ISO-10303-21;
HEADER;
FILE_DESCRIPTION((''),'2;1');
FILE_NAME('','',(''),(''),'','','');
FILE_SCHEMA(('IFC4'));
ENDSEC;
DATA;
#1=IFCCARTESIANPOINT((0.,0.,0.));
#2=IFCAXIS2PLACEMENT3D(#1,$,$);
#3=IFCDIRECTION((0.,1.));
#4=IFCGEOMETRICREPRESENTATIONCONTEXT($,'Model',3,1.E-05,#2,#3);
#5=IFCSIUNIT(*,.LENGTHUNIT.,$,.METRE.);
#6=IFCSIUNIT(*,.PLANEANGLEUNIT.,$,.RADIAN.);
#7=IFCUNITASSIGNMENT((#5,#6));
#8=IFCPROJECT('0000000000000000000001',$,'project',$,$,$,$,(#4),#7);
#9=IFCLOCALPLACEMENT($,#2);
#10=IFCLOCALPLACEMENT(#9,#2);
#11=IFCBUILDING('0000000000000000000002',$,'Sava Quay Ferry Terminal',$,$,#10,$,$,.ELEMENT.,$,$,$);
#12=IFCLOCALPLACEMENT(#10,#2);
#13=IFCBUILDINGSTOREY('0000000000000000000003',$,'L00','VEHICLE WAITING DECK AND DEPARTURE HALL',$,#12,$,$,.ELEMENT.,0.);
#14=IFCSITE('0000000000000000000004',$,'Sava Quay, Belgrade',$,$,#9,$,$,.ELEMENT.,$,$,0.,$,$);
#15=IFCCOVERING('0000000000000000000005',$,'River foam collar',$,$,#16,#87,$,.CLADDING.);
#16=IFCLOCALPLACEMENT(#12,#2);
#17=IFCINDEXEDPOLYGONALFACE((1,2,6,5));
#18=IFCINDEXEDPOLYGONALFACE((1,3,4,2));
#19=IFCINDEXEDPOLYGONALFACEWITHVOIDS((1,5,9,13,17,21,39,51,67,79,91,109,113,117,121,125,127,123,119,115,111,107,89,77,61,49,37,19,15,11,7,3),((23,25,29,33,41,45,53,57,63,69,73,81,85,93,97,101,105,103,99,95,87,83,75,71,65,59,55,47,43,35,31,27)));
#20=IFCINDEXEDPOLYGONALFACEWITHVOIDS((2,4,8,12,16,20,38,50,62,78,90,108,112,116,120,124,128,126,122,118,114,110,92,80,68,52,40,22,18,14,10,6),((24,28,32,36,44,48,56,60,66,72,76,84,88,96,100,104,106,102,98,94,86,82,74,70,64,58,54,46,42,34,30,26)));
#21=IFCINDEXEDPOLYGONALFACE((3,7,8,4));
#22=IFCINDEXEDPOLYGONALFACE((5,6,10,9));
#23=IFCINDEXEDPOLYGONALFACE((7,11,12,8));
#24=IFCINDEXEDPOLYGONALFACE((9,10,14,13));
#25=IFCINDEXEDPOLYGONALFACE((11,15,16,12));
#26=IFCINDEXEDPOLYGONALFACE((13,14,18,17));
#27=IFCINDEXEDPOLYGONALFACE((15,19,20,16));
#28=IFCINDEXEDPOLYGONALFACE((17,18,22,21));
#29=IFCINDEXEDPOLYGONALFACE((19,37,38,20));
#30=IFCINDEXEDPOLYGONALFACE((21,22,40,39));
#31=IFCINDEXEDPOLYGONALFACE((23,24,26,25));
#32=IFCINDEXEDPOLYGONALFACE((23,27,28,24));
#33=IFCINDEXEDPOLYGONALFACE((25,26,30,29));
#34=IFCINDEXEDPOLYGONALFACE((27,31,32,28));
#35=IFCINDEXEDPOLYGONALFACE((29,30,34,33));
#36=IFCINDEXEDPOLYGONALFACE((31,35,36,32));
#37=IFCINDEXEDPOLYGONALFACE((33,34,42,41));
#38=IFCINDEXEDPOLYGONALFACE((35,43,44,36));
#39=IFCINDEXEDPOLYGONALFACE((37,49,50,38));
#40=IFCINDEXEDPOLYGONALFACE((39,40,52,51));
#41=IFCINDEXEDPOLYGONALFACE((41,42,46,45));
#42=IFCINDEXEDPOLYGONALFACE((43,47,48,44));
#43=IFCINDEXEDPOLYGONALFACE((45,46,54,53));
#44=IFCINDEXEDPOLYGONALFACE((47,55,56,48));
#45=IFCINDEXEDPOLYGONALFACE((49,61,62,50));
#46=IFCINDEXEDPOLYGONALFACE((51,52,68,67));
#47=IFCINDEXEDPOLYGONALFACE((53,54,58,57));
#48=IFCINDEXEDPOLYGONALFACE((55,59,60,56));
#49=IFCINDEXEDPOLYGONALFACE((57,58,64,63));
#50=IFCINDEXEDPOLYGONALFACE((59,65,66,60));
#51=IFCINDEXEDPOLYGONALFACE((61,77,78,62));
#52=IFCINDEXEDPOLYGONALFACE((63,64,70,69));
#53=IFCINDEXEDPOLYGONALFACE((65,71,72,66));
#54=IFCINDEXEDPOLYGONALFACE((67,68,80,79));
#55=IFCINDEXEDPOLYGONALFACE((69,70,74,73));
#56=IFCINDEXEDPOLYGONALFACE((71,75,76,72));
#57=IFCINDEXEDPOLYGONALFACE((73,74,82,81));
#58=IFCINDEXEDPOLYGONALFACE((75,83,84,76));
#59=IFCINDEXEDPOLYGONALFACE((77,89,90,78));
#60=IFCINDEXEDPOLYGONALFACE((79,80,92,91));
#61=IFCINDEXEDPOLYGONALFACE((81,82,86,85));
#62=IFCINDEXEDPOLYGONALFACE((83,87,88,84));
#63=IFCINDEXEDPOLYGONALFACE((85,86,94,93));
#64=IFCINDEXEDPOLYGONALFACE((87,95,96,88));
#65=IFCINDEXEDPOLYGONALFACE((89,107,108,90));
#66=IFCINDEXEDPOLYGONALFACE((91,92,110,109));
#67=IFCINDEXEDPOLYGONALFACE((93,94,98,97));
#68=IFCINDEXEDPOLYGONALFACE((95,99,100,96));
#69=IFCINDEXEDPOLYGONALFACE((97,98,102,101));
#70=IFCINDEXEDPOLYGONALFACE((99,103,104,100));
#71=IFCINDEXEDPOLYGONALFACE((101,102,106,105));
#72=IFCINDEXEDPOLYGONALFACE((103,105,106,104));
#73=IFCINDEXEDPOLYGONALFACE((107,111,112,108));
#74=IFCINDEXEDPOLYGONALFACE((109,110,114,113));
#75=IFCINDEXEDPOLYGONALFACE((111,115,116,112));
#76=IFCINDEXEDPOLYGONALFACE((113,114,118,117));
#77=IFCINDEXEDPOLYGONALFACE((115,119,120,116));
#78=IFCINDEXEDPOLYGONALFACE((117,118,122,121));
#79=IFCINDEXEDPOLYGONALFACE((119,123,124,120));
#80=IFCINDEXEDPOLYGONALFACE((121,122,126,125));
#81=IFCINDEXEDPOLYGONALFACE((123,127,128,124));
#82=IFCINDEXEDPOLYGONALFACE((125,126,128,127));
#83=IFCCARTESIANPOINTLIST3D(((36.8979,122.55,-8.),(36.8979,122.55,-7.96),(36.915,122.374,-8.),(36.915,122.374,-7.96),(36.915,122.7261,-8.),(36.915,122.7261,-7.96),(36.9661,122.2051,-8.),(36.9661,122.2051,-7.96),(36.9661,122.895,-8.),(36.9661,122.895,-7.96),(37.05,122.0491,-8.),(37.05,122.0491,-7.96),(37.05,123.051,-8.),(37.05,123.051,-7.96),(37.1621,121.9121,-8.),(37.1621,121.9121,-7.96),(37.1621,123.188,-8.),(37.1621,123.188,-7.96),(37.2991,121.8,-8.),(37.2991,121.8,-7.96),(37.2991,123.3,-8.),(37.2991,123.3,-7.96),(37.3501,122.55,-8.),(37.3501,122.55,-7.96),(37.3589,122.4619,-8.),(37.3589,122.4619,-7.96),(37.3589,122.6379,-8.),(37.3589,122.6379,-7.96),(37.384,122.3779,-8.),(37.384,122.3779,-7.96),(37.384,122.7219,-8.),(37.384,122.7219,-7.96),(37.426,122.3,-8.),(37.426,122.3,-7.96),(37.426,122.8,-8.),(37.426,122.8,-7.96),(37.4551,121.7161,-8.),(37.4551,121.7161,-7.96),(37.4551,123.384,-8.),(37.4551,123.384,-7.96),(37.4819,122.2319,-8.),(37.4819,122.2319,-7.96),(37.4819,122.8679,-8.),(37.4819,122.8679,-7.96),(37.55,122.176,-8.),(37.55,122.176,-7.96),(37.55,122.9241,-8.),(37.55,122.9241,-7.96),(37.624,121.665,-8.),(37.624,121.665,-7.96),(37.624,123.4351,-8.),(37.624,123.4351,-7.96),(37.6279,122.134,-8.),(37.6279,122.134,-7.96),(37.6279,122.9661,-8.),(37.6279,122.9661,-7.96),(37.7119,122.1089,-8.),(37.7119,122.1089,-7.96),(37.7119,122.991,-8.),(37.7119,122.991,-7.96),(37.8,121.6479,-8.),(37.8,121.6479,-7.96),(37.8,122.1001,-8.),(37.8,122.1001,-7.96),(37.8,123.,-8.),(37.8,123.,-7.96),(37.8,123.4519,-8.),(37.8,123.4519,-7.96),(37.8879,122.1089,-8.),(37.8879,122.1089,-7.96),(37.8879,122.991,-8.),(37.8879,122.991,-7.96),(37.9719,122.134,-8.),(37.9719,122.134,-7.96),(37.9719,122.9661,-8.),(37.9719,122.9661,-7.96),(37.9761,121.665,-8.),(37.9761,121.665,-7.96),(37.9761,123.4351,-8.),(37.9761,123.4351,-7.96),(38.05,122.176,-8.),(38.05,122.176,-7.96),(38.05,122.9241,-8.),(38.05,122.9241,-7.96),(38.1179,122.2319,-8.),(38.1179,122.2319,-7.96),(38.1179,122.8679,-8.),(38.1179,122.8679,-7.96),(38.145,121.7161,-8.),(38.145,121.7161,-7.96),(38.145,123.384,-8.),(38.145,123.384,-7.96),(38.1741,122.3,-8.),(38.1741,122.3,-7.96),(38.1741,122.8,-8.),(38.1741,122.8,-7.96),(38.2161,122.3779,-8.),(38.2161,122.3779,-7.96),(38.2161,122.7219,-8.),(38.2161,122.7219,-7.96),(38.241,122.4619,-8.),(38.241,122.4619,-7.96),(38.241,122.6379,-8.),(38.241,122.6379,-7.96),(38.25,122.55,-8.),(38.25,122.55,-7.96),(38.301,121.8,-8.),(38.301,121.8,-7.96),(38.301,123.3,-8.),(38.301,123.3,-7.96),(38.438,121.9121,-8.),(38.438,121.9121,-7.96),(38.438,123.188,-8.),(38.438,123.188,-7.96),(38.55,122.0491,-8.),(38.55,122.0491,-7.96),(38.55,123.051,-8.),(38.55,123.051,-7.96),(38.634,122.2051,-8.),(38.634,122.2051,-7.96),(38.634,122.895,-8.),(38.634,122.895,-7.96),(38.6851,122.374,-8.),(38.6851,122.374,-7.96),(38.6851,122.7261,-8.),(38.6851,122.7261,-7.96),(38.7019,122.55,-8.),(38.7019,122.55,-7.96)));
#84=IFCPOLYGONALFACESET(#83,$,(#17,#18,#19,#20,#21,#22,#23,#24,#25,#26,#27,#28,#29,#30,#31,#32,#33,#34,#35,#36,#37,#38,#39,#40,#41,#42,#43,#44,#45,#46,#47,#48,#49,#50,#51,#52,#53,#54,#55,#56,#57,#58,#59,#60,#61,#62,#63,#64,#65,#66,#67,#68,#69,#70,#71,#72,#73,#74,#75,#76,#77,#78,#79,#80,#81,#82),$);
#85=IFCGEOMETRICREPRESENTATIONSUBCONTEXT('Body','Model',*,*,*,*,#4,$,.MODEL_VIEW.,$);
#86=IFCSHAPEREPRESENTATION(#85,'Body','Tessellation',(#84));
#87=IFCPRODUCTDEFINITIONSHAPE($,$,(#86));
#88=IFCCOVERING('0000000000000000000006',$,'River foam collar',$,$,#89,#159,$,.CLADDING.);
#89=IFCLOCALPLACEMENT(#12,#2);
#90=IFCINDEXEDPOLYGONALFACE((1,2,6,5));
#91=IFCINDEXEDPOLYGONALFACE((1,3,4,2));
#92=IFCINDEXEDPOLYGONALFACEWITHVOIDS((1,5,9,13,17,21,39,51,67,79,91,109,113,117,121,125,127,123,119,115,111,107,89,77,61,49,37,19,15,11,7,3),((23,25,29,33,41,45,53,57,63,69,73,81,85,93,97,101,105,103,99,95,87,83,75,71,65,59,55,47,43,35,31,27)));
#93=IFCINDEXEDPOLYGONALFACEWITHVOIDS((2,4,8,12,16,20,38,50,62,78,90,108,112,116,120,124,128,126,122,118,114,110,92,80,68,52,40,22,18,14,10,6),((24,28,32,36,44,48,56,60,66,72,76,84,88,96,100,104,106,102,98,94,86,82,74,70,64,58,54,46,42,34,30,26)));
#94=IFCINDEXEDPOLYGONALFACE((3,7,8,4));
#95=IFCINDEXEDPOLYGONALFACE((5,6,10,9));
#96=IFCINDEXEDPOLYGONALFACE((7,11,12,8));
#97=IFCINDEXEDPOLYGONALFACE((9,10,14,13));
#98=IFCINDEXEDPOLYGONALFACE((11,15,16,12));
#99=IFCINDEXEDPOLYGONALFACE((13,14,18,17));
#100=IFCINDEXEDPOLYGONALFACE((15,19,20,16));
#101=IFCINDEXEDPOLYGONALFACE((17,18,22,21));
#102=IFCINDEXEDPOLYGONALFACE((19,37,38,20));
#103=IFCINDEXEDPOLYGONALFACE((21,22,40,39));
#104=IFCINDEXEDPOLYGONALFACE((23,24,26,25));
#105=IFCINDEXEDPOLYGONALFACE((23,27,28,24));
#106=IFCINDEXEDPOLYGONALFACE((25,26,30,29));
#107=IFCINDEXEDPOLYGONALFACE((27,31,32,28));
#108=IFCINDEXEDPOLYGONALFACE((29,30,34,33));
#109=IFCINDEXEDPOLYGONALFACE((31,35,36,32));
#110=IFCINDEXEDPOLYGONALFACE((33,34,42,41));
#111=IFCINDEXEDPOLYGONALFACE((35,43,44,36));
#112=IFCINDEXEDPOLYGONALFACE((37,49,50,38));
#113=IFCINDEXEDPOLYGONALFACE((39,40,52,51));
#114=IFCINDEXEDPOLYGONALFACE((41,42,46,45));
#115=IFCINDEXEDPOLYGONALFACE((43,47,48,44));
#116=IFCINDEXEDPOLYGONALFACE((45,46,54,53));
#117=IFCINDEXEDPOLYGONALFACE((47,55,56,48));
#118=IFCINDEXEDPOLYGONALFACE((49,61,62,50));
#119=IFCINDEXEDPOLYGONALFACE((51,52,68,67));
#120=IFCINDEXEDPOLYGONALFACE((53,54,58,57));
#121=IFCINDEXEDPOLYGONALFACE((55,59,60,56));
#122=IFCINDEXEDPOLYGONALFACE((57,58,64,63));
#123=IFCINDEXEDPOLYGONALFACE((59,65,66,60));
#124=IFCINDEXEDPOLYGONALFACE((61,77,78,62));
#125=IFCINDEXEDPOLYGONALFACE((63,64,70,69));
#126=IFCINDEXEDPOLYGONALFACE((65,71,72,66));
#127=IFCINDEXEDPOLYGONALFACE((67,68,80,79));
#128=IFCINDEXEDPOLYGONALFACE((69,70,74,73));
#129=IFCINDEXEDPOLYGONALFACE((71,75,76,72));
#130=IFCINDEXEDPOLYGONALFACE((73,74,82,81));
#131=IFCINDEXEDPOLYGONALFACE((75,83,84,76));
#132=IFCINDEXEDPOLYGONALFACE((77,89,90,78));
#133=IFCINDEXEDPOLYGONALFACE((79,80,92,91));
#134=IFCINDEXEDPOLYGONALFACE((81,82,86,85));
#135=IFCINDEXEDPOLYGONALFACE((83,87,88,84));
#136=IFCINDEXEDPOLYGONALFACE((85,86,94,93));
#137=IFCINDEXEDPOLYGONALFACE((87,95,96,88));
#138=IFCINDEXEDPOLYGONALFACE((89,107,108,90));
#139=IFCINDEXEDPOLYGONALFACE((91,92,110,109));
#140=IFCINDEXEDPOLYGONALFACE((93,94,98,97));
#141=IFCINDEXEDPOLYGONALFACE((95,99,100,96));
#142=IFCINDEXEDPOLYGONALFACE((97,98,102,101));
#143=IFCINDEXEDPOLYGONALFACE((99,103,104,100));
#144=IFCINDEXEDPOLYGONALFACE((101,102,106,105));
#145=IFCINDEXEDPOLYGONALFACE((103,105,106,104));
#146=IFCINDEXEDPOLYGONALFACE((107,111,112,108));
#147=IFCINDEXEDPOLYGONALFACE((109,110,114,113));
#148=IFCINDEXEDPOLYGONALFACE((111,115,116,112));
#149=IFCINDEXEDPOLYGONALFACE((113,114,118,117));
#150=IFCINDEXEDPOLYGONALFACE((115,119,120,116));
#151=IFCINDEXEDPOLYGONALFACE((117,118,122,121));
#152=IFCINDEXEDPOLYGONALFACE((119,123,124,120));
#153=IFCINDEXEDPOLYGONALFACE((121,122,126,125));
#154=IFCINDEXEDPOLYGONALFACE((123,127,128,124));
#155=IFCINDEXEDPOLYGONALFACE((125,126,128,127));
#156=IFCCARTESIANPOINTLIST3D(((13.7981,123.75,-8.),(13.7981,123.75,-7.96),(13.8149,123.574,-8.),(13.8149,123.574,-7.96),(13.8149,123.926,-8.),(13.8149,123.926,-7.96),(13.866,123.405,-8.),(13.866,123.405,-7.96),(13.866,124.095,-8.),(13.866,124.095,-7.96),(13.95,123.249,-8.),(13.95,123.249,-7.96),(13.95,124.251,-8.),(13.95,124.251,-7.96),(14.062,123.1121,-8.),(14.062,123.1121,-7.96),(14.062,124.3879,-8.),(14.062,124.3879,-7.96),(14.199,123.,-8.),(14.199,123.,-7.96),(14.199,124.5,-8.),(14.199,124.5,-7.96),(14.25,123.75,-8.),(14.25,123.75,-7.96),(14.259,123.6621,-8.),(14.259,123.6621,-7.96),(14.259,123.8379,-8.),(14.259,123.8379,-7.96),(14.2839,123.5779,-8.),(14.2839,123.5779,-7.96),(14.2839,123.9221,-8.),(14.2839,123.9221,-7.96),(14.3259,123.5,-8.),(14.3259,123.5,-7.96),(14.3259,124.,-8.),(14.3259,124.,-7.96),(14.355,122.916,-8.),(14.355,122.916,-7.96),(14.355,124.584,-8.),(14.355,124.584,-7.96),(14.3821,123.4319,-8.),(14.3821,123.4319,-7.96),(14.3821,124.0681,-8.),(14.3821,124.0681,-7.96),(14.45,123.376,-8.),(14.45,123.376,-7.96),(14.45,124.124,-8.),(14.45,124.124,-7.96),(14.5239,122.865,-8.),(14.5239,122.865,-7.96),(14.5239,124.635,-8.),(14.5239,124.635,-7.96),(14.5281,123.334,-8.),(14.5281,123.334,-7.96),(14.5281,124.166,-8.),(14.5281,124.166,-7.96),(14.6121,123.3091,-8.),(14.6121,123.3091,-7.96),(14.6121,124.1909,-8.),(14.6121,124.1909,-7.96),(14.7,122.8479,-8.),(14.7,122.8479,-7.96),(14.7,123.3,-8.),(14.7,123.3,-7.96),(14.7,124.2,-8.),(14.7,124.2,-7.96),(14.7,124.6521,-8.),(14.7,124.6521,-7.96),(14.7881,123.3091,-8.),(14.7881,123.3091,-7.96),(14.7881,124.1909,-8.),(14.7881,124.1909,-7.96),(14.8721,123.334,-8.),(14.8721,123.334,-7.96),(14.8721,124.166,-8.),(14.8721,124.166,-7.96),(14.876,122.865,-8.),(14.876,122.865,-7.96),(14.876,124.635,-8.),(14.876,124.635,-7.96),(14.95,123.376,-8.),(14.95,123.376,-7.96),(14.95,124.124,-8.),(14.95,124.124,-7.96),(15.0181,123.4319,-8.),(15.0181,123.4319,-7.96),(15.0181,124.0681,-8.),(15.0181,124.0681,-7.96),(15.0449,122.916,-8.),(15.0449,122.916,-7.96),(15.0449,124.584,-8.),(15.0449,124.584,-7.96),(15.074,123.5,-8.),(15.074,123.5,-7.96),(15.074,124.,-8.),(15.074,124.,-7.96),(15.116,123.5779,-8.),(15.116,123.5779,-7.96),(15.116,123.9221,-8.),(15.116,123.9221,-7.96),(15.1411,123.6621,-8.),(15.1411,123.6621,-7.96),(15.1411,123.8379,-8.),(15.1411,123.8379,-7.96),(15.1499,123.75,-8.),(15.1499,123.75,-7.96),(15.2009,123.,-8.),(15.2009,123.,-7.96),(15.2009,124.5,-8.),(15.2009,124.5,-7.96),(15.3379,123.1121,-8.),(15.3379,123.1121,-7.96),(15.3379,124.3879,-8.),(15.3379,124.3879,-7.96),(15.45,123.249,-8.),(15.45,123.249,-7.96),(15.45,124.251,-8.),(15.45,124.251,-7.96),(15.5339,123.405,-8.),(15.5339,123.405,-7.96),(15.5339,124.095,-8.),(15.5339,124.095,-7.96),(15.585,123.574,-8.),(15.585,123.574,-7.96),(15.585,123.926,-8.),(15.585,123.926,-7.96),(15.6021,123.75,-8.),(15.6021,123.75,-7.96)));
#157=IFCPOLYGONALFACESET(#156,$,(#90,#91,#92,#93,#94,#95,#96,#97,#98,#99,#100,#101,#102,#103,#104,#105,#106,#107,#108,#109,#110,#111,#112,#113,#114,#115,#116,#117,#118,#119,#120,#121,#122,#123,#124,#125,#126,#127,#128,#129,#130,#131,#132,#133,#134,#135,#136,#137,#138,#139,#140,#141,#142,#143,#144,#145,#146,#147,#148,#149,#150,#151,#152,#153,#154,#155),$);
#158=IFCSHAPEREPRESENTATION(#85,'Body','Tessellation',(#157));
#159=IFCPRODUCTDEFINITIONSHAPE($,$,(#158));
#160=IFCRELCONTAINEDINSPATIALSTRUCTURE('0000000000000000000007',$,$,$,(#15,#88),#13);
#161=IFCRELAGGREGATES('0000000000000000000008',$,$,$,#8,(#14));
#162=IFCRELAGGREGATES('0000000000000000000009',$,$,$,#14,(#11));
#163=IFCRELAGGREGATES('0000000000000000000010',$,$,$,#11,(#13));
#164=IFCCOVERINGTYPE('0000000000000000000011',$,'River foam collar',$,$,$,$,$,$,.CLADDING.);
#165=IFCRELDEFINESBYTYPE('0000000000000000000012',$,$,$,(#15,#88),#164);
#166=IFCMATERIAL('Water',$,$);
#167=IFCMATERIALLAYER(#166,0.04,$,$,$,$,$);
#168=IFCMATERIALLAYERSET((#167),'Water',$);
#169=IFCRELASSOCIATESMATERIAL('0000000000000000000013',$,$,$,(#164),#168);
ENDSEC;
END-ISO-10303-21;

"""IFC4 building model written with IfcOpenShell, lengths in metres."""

from ifc_helpers import new_model, si_unit, direction, frame, origin, place, context, subcontext, project, spatial, polyline, outline, extrude, material, layer, layer_set, type_object, element, save


model = new_model("IFC4")

# Units and contexts
model_context = context("Model", 3, precision=1e-05, world=origin(), true_north=direction((0.0, 1.0)))
body_context = subcontext(model_context, "Body", "Model", "MODEL_VIEW")
ifc_project = project(units=[si_unit("LENGTHUNIT", "METRE"), si_unit("PLANEANGLEUNIT", "RADIAN")], contexts=[model_context])

# Site, building, storey
site_placement = place(None, origin())
site = spatial("IfcSite", under=ifc_project, at=site_placement, Name="Sava Quay, Belgrade", CompositionType="ELEMENT", RefElevation=0.0)
building_placement = place(site_placement, origin())
building = spatial("IfcBuilding", under=site, at=building_placement, Name="Sava Quay Ferry Terminal", CompositionType="ELEMENT")
storey_placement = place(building_placement, origin())
storey = spatial("IfcBuildingStorey", under=building, at=storey_placement, Name="L00", Description="VEHICLE WAITING DECK AND DEPARTURE HALL", CompositionType="ELEMENT", Elevation=0.0)

# Coverings
ifc_material = material(Name="Water")
ifc_layer = layer(ifc_material, 0.04)
ifc_layer_set = layer_set([ifc_layer], Name="Water")
covering_type = type_object("IfcCoveringType", Name="River foam collar", PredefinedType="CLADDING", material=ifc_layer_set)
covering_1_placement = place(storey_placement, frame((0.0, 0.0, -8.0)))
element("IfcCovering", 1, at=covering_1_placement, inside=storey, type_object=covering_type, Name="River foam collar", PredefinedType="CLADDING", context=body_context, shape_type="SweptSolid", body=[
    extrude(outline(polyline([(38.55, 123.051), (38.438, 123.188), (38.301, 123.3), (38.145, 123.384), (37.9761, 123.4351), (37.8, 123.4519), (37.624, 123.4351), (37.4551, 123.384), (37.2991, 123.3), (37.1621, 123.188), (37.05, 123.051), (36.9661, 122.895), (36.915, 122.7261), (36.8979, 122.55), (36.915, 122.374), (36.9661, 122.2051), (37.05, 122.0491), (37.1621, 121.9121), (37.2991, 121.8), (37.4551, 121.7161), (37.624, 121.665), (37.8, 121.6479), (37.9761, 121.665), (38.145, 121.7161), (38.301, 121.8), (38.438, 121.9121), (38.55, 122.0491), (38.634, 122.2051), (38.6851, 122.374), (38.7019, 122.55), (38.6851, 122.7261), (38.634, 122.895), (38.55, 123.051)]), holes=[polyline([(38.1741, 122.3), (38.1179, 122.2319), (38.05, 122.176), (37.9719, 122.134), (37.8879, 122.1089), (37.8, 122.1001), (37.7119, 122.1089), (37.6279, 122.134), (37.55, 122.176), (37.4819, 122.2319), (37.426, 122.3), (37.384, 122.3779), (37.3589, 122.4619), (37.3501, 122.55), (37.3589, 122.6379), (37.384, 122.7219), (37.426, 122.8), (37.4819, 122.8679), (37.55, 122.9241), (37.6279, 122.9661), (37.7119, 122.991), (37.8, 123.0), (37.8879, 122.991), (37.9719, 122.9661), (38.05, 122.9241), (38.1179, 122.8679), (38.1741, 122.8), (38.2161, 122.7219), (38.241, 122.6379), (38.25, 122.55), (38.241, 122.4619), (38.2161, 122.3779), (38.1741, 122.3)])]), origin(), (0.0, 0.0, 1.0), 0.04),
])
covering_2_placement = place(storey_placement, frame((0.0, 0.0, -8.0)))
element("IfcCovering", 2, at=covering_2_placement, inside=storey, type_object=covering_type, Name="River foam collar", PredefinedType="CLADDING", context=body_context, shape_type="SweptSolid", body=[
    extrude(outline(polyline([(15.5339, 124.095), (15.45, 124.251), (15.3379, 124.3879), (15.2009, 124.5), (15.0449, 124.584), (14.876, 124.635), (14.7, 124.6521), (14.5239, 124.635), (14.355, 124.584), (14.199, 124.5), (14.062, 124.3879), (13.95, 124.251), (13.866, 124.095), (13.8149, 123.926), (13.7981, 123.75), (13.8149, 123.574), (13.866, 123.405), (13.95, 123.249), (14.062, 123.1121), (14.199, 123.0), (14.355, 122.916), (14.5239, 122.865), (14.7, 122.8479), (14.876, 122.865), (15.0449, 122.916), (15.2009, 123.0), (15.3379, 123.1121), (15.45, 123.249), (15.5339, 123.405), (15.585, 123.574), (15.6021, 123.75), (15.585, 123.926), (15.5339, 124.095)]), holes=[polyline([(15.116, 123.5779), (15.074, 123.5), (15.0181, 123.4319), (14.95, 123.376), (14.8721, 123.334), (14.7881, 123.3091), (14.7, 123.3), (14.6121, 123.3091), (14.5281, 123.334), (14.45, 123.376), (14.3821, 123.4319), (14.3259, 123.5), (14.2839, 123.5779), (14.259, 123.6621), (14.25, 123.75), (14.259, 123.8379), (14.2839, 123.9221), (14.3259, 124.0), (14.3821, 124.0681), (14.45, 124.124), (14.5281, 124.166), (14.6121, 124.1909), (14.7, 124.2), (14.7881, 124.1909), (14.8721, 124.166), (14.95, 124.124), (15.0181, 124.0681), (15.074, 124.0), (15.116, 123.9221), (15.1411, 123.8379), (15.1499, 123.75), (15.1411, 123.6621), (15.116, 123.5779)])]), origin(), (0.0, 0.0, 1.0), 0.04),
])

save(model, "model.ifc")
